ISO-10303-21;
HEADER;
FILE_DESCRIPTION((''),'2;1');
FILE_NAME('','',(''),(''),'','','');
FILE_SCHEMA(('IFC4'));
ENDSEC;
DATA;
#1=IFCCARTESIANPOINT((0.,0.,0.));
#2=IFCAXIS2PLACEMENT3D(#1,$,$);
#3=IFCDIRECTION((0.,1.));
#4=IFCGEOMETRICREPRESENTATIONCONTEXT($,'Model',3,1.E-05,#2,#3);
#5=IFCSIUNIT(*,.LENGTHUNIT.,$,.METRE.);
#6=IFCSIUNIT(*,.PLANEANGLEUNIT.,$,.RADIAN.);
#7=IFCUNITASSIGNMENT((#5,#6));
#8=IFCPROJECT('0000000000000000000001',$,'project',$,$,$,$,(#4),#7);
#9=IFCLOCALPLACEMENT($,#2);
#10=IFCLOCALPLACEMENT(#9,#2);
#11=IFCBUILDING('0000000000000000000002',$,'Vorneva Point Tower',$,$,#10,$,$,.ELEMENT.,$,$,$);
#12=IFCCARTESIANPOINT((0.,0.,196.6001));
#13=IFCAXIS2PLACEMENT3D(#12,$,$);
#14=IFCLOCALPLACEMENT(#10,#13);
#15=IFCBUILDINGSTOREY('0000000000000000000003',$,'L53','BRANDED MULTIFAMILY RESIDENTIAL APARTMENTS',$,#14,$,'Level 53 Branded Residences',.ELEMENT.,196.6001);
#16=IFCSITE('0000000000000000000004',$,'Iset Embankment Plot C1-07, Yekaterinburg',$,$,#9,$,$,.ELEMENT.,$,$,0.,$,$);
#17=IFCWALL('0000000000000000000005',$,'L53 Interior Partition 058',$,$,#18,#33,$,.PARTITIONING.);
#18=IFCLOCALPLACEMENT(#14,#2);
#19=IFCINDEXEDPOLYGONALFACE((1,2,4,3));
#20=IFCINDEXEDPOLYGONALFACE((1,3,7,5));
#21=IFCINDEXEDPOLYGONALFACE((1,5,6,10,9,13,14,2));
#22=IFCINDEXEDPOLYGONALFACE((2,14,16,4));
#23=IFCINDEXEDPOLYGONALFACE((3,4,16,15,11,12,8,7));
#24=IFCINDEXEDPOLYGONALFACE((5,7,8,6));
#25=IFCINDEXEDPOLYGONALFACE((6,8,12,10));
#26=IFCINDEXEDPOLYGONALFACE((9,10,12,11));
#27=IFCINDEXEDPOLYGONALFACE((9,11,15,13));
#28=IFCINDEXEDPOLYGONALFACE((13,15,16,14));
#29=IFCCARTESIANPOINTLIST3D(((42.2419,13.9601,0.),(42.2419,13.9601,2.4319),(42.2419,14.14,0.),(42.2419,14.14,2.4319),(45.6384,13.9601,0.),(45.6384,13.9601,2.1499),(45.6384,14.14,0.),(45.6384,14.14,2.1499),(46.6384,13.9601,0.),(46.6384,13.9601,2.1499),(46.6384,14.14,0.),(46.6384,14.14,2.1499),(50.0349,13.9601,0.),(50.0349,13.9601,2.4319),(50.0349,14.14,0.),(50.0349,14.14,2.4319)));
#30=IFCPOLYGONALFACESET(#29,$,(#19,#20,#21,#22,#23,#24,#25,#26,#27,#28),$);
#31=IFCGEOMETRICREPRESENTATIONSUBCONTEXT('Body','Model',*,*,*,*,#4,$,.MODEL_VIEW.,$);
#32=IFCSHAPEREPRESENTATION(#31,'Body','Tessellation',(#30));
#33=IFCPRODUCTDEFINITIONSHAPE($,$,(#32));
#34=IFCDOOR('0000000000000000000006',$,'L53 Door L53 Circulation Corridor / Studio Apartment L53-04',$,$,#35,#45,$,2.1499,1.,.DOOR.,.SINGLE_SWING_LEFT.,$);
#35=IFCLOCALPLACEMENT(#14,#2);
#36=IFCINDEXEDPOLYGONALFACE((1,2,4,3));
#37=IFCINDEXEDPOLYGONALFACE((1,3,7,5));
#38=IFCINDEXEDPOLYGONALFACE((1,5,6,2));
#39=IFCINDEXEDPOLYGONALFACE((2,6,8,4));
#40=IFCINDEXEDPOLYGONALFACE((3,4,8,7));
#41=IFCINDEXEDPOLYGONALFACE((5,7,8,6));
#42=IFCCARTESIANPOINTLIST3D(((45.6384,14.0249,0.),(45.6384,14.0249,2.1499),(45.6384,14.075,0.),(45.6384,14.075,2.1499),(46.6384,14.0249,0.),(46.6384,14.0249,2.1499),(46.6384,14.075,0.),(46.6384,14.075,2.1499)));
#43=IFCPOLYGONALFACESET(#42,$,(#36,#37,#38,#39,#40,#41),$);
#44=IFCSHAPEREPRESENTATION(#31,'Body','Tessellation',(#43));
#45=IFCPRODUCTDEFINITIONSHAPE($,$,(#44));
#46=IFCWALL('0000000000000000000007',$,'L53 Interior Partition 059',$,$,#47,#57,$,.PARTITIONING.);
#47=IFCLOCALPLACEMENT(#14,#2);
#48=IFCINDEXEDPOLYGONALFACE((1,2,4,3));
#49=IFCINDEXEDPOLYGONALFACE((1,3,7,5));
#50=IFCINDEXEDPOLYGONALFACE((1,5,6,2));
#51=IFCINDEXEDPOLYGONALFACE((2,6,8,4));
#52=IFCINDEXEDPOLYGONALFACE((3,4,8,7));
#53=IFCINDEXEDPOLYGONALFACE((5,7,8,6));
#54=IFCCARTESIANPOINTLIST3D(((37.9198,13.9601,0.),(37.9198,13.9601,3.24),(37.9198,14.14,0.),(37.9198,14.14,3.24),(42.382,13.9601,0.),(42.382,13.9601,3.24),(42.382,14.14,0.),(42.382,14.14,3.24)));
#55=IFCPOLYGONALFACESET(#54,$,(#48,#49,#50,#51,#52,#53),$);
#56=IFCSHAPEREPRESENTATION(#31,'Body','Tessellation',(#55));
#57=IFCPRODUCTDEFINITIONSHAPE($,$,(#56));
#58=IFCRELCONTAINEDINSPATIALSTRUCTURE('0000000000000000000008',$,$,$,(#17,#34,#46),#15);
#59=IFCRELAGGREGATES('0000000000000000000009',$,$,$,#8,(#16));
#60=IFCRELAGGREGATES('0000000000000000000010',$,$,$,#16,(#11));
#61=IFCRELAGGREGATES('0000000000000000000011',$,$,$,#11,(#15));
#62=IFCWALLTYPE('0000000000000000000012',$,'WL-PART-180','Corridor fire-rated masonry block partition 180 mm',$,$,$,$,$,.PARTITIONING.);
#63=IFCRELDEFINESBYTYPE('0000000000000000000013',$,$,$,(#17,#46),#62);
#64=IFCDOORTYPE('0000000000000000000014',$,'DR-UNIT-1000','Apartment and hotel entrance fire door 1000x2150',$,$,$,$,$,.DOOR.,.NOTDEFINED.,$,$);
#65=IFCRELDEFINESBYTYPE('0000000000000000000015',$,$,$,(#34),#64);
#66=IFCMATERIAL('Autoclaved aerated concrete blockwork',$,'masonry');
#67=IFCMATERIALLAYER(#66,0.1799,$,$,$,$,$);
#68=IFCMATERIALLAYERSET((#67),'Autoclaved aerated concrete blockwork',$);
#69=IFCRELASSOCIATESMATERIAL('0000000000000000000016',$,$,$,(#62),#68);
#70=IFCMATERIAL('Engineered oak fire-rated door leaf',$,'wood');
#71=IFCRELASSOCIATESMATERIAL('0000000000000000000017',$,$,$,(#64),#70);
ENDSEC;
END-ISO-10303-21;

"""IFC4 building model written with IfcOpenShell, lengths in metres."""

from ifc_helpers import new_model, si_unit, direction, frame, frame_2d, origin, place, context, subcontext, project, spatial, rectangle, extrude, material, layer, layer_set, type_object, element, fill, save


model = new_model("IFC4")

# Units and contexts
model_context = context("Model", 3, precision=1e-05, world=origin(), true_north=direction((0.0, 1.0)))
body_context = subcontext(model_context, "Body", "Model", "MODEL_VIEW")
ifc_project = project(units=[si_unit("LENGTHUNIT", "METRE"), si_unit("PLANEANGLEUNIT", "RADIAN")], contexts=[model_context])

# Site, building, storey
site_placement = place(None, origin())
site = spatial("IfcSite", under=ifc_project, at=site_placement, Name="Iset Embankment Plot C1-07, Yekaterinburg", CompositionType="ELEMENT", RefElevation=0.0)
building_placement = place(site_placement, origin())
building = spatial("IfcBuilding", under=site, at=building_placement, Name="Vorneva Point Tower", CompositionType="ELEMENT")
storey_placement = place(building_placement, frame((0.0, 0.0, 196.6001)))
storey = spatial("IfcBuildingStorey", under=building, at=storey_placement, Name="L53", Description="BRANDED MULTIFAMILY RESIDENTIAL APARTMENTS", LongName="Level 53 Branded Residences", CompositionType="ELEMENT", Elevation=196.6001)

# Shared definitions
ifc_material_1 = material(Name="Engineered oak fire-rated door leaf", Category="wood")

# Wall, opening, door
ifc_material_2 = material(Name="Autoclaved aerated concrete blockwork", Category="masonry")
ifc_layer_1 = layer(ifc_material_2, 0.1799)
ifc_layer_set_1 = layer_set([ifc_layer_1], Name="Autoclaved aerated concrete blockwork")
wall_type_1 = type_object("IfcWallType", Name="WL-PART-180", Description="Corridor fire-rated masonry block partition 180 mm", PredefinedType="PARTITIONING", material=ifc_layer_set_1)
wall_1_placement = place(storey_placement, frame((42.2419, 14.05, 0.0), z_axis=(0.0, 0.0, 1.0), x_axis=(1.0, 0.0, 0.0)))
wall_1 = element("IfcWall", 1, at=wall_1_placement, inside=storey, type_object=wall_type_1, Name="L53 Interior Partition 058", PredefinedType="PARTITIONING", context=body_context, shape_type="SweptSolid", body=[
    extrude(rectangle(XDim=7.793, YDim=0.1799, at=frame_2d((3.8965, 0.0))), origin(), (0.0, 0.0, 1.0), 2.4319),
])
opening_1_placement = place(wall_1_placement, frame((3.3965, 0.0, 0.0)))
opening_1 = element("IfcOpeningElement", 2, at=opening_1_placement, cuts=wall_1, PredefinedType="OPENING", context=body_context, shape_type="SweptSolid", body=[
    extrude(rectangle(XDim=1.0, YDim=2.1499, at=frame_2d((0.5, 1.075))), frame((0.0, 0.105, 0.0), z_axis=(0.0, -1.0, 0.0), x_axis=(1.0, 0.0, 0.0)), (0.0, 0.0, 1.0), 0.2097),
])
door_type_1 = type_object("IfcDoorType", Name="DR-UNIT-1000", Description="Apartment and hotel entrance fire door 1000x2150", OperationType="NOTDEFINED", PredefinedType="DOOR", material=ifc_material_1)
door_1_placement = place(opening_1_placement, origin())
door_1 = element("IfcDoor", 3, at=door_1_placement, inside=storey, type_object=door_type_1, Name="L53 Door L53 Circulation Corridor / Studio Apartment L53-04", OperationType="SINGLE_SWING_LEFT", OverallHeight=2.1499, OverallWidth=1.0, PredefinedType="DOOR", context=body_context, shape_type="SweptSolid", body=[
    extrude(rectangle(XDim=1.0, YDim=2.1499, at=frame_2d((0.5, 1.075))), frame((0.0, 0.0249, 0.0), z_axis=(0.0, -1.0, 0.0), x_axis=(1.0, 0.0, 0.0)), (0.0, 0.0, 1.0), 0.05),
])
fill(opening_1, door_1)

# Wall
wall_2_placement = place(storey_placement, frame((37.9199, 14.05, 0.0), z_axis=(0.0, 0.0, 1.0), x_axis=(1.0, 0.0, 0.0)))
element("IfcWall", 4, at=wall_2_placement, inside=storey, type_object=wall_type_1, Name="L53 Interior Partition 059", PredefinedType="PARTITIONING", context=body_context, shape_type="SweptSolid", body=[
    extrude(rectangle(XDim=4.4622, YDim=0.1799, at=frame_2d((2.231, 0.0))), origin(), (0.0, 0.0, 1.0), 3.24),
])

save(model, "model.ifc")
